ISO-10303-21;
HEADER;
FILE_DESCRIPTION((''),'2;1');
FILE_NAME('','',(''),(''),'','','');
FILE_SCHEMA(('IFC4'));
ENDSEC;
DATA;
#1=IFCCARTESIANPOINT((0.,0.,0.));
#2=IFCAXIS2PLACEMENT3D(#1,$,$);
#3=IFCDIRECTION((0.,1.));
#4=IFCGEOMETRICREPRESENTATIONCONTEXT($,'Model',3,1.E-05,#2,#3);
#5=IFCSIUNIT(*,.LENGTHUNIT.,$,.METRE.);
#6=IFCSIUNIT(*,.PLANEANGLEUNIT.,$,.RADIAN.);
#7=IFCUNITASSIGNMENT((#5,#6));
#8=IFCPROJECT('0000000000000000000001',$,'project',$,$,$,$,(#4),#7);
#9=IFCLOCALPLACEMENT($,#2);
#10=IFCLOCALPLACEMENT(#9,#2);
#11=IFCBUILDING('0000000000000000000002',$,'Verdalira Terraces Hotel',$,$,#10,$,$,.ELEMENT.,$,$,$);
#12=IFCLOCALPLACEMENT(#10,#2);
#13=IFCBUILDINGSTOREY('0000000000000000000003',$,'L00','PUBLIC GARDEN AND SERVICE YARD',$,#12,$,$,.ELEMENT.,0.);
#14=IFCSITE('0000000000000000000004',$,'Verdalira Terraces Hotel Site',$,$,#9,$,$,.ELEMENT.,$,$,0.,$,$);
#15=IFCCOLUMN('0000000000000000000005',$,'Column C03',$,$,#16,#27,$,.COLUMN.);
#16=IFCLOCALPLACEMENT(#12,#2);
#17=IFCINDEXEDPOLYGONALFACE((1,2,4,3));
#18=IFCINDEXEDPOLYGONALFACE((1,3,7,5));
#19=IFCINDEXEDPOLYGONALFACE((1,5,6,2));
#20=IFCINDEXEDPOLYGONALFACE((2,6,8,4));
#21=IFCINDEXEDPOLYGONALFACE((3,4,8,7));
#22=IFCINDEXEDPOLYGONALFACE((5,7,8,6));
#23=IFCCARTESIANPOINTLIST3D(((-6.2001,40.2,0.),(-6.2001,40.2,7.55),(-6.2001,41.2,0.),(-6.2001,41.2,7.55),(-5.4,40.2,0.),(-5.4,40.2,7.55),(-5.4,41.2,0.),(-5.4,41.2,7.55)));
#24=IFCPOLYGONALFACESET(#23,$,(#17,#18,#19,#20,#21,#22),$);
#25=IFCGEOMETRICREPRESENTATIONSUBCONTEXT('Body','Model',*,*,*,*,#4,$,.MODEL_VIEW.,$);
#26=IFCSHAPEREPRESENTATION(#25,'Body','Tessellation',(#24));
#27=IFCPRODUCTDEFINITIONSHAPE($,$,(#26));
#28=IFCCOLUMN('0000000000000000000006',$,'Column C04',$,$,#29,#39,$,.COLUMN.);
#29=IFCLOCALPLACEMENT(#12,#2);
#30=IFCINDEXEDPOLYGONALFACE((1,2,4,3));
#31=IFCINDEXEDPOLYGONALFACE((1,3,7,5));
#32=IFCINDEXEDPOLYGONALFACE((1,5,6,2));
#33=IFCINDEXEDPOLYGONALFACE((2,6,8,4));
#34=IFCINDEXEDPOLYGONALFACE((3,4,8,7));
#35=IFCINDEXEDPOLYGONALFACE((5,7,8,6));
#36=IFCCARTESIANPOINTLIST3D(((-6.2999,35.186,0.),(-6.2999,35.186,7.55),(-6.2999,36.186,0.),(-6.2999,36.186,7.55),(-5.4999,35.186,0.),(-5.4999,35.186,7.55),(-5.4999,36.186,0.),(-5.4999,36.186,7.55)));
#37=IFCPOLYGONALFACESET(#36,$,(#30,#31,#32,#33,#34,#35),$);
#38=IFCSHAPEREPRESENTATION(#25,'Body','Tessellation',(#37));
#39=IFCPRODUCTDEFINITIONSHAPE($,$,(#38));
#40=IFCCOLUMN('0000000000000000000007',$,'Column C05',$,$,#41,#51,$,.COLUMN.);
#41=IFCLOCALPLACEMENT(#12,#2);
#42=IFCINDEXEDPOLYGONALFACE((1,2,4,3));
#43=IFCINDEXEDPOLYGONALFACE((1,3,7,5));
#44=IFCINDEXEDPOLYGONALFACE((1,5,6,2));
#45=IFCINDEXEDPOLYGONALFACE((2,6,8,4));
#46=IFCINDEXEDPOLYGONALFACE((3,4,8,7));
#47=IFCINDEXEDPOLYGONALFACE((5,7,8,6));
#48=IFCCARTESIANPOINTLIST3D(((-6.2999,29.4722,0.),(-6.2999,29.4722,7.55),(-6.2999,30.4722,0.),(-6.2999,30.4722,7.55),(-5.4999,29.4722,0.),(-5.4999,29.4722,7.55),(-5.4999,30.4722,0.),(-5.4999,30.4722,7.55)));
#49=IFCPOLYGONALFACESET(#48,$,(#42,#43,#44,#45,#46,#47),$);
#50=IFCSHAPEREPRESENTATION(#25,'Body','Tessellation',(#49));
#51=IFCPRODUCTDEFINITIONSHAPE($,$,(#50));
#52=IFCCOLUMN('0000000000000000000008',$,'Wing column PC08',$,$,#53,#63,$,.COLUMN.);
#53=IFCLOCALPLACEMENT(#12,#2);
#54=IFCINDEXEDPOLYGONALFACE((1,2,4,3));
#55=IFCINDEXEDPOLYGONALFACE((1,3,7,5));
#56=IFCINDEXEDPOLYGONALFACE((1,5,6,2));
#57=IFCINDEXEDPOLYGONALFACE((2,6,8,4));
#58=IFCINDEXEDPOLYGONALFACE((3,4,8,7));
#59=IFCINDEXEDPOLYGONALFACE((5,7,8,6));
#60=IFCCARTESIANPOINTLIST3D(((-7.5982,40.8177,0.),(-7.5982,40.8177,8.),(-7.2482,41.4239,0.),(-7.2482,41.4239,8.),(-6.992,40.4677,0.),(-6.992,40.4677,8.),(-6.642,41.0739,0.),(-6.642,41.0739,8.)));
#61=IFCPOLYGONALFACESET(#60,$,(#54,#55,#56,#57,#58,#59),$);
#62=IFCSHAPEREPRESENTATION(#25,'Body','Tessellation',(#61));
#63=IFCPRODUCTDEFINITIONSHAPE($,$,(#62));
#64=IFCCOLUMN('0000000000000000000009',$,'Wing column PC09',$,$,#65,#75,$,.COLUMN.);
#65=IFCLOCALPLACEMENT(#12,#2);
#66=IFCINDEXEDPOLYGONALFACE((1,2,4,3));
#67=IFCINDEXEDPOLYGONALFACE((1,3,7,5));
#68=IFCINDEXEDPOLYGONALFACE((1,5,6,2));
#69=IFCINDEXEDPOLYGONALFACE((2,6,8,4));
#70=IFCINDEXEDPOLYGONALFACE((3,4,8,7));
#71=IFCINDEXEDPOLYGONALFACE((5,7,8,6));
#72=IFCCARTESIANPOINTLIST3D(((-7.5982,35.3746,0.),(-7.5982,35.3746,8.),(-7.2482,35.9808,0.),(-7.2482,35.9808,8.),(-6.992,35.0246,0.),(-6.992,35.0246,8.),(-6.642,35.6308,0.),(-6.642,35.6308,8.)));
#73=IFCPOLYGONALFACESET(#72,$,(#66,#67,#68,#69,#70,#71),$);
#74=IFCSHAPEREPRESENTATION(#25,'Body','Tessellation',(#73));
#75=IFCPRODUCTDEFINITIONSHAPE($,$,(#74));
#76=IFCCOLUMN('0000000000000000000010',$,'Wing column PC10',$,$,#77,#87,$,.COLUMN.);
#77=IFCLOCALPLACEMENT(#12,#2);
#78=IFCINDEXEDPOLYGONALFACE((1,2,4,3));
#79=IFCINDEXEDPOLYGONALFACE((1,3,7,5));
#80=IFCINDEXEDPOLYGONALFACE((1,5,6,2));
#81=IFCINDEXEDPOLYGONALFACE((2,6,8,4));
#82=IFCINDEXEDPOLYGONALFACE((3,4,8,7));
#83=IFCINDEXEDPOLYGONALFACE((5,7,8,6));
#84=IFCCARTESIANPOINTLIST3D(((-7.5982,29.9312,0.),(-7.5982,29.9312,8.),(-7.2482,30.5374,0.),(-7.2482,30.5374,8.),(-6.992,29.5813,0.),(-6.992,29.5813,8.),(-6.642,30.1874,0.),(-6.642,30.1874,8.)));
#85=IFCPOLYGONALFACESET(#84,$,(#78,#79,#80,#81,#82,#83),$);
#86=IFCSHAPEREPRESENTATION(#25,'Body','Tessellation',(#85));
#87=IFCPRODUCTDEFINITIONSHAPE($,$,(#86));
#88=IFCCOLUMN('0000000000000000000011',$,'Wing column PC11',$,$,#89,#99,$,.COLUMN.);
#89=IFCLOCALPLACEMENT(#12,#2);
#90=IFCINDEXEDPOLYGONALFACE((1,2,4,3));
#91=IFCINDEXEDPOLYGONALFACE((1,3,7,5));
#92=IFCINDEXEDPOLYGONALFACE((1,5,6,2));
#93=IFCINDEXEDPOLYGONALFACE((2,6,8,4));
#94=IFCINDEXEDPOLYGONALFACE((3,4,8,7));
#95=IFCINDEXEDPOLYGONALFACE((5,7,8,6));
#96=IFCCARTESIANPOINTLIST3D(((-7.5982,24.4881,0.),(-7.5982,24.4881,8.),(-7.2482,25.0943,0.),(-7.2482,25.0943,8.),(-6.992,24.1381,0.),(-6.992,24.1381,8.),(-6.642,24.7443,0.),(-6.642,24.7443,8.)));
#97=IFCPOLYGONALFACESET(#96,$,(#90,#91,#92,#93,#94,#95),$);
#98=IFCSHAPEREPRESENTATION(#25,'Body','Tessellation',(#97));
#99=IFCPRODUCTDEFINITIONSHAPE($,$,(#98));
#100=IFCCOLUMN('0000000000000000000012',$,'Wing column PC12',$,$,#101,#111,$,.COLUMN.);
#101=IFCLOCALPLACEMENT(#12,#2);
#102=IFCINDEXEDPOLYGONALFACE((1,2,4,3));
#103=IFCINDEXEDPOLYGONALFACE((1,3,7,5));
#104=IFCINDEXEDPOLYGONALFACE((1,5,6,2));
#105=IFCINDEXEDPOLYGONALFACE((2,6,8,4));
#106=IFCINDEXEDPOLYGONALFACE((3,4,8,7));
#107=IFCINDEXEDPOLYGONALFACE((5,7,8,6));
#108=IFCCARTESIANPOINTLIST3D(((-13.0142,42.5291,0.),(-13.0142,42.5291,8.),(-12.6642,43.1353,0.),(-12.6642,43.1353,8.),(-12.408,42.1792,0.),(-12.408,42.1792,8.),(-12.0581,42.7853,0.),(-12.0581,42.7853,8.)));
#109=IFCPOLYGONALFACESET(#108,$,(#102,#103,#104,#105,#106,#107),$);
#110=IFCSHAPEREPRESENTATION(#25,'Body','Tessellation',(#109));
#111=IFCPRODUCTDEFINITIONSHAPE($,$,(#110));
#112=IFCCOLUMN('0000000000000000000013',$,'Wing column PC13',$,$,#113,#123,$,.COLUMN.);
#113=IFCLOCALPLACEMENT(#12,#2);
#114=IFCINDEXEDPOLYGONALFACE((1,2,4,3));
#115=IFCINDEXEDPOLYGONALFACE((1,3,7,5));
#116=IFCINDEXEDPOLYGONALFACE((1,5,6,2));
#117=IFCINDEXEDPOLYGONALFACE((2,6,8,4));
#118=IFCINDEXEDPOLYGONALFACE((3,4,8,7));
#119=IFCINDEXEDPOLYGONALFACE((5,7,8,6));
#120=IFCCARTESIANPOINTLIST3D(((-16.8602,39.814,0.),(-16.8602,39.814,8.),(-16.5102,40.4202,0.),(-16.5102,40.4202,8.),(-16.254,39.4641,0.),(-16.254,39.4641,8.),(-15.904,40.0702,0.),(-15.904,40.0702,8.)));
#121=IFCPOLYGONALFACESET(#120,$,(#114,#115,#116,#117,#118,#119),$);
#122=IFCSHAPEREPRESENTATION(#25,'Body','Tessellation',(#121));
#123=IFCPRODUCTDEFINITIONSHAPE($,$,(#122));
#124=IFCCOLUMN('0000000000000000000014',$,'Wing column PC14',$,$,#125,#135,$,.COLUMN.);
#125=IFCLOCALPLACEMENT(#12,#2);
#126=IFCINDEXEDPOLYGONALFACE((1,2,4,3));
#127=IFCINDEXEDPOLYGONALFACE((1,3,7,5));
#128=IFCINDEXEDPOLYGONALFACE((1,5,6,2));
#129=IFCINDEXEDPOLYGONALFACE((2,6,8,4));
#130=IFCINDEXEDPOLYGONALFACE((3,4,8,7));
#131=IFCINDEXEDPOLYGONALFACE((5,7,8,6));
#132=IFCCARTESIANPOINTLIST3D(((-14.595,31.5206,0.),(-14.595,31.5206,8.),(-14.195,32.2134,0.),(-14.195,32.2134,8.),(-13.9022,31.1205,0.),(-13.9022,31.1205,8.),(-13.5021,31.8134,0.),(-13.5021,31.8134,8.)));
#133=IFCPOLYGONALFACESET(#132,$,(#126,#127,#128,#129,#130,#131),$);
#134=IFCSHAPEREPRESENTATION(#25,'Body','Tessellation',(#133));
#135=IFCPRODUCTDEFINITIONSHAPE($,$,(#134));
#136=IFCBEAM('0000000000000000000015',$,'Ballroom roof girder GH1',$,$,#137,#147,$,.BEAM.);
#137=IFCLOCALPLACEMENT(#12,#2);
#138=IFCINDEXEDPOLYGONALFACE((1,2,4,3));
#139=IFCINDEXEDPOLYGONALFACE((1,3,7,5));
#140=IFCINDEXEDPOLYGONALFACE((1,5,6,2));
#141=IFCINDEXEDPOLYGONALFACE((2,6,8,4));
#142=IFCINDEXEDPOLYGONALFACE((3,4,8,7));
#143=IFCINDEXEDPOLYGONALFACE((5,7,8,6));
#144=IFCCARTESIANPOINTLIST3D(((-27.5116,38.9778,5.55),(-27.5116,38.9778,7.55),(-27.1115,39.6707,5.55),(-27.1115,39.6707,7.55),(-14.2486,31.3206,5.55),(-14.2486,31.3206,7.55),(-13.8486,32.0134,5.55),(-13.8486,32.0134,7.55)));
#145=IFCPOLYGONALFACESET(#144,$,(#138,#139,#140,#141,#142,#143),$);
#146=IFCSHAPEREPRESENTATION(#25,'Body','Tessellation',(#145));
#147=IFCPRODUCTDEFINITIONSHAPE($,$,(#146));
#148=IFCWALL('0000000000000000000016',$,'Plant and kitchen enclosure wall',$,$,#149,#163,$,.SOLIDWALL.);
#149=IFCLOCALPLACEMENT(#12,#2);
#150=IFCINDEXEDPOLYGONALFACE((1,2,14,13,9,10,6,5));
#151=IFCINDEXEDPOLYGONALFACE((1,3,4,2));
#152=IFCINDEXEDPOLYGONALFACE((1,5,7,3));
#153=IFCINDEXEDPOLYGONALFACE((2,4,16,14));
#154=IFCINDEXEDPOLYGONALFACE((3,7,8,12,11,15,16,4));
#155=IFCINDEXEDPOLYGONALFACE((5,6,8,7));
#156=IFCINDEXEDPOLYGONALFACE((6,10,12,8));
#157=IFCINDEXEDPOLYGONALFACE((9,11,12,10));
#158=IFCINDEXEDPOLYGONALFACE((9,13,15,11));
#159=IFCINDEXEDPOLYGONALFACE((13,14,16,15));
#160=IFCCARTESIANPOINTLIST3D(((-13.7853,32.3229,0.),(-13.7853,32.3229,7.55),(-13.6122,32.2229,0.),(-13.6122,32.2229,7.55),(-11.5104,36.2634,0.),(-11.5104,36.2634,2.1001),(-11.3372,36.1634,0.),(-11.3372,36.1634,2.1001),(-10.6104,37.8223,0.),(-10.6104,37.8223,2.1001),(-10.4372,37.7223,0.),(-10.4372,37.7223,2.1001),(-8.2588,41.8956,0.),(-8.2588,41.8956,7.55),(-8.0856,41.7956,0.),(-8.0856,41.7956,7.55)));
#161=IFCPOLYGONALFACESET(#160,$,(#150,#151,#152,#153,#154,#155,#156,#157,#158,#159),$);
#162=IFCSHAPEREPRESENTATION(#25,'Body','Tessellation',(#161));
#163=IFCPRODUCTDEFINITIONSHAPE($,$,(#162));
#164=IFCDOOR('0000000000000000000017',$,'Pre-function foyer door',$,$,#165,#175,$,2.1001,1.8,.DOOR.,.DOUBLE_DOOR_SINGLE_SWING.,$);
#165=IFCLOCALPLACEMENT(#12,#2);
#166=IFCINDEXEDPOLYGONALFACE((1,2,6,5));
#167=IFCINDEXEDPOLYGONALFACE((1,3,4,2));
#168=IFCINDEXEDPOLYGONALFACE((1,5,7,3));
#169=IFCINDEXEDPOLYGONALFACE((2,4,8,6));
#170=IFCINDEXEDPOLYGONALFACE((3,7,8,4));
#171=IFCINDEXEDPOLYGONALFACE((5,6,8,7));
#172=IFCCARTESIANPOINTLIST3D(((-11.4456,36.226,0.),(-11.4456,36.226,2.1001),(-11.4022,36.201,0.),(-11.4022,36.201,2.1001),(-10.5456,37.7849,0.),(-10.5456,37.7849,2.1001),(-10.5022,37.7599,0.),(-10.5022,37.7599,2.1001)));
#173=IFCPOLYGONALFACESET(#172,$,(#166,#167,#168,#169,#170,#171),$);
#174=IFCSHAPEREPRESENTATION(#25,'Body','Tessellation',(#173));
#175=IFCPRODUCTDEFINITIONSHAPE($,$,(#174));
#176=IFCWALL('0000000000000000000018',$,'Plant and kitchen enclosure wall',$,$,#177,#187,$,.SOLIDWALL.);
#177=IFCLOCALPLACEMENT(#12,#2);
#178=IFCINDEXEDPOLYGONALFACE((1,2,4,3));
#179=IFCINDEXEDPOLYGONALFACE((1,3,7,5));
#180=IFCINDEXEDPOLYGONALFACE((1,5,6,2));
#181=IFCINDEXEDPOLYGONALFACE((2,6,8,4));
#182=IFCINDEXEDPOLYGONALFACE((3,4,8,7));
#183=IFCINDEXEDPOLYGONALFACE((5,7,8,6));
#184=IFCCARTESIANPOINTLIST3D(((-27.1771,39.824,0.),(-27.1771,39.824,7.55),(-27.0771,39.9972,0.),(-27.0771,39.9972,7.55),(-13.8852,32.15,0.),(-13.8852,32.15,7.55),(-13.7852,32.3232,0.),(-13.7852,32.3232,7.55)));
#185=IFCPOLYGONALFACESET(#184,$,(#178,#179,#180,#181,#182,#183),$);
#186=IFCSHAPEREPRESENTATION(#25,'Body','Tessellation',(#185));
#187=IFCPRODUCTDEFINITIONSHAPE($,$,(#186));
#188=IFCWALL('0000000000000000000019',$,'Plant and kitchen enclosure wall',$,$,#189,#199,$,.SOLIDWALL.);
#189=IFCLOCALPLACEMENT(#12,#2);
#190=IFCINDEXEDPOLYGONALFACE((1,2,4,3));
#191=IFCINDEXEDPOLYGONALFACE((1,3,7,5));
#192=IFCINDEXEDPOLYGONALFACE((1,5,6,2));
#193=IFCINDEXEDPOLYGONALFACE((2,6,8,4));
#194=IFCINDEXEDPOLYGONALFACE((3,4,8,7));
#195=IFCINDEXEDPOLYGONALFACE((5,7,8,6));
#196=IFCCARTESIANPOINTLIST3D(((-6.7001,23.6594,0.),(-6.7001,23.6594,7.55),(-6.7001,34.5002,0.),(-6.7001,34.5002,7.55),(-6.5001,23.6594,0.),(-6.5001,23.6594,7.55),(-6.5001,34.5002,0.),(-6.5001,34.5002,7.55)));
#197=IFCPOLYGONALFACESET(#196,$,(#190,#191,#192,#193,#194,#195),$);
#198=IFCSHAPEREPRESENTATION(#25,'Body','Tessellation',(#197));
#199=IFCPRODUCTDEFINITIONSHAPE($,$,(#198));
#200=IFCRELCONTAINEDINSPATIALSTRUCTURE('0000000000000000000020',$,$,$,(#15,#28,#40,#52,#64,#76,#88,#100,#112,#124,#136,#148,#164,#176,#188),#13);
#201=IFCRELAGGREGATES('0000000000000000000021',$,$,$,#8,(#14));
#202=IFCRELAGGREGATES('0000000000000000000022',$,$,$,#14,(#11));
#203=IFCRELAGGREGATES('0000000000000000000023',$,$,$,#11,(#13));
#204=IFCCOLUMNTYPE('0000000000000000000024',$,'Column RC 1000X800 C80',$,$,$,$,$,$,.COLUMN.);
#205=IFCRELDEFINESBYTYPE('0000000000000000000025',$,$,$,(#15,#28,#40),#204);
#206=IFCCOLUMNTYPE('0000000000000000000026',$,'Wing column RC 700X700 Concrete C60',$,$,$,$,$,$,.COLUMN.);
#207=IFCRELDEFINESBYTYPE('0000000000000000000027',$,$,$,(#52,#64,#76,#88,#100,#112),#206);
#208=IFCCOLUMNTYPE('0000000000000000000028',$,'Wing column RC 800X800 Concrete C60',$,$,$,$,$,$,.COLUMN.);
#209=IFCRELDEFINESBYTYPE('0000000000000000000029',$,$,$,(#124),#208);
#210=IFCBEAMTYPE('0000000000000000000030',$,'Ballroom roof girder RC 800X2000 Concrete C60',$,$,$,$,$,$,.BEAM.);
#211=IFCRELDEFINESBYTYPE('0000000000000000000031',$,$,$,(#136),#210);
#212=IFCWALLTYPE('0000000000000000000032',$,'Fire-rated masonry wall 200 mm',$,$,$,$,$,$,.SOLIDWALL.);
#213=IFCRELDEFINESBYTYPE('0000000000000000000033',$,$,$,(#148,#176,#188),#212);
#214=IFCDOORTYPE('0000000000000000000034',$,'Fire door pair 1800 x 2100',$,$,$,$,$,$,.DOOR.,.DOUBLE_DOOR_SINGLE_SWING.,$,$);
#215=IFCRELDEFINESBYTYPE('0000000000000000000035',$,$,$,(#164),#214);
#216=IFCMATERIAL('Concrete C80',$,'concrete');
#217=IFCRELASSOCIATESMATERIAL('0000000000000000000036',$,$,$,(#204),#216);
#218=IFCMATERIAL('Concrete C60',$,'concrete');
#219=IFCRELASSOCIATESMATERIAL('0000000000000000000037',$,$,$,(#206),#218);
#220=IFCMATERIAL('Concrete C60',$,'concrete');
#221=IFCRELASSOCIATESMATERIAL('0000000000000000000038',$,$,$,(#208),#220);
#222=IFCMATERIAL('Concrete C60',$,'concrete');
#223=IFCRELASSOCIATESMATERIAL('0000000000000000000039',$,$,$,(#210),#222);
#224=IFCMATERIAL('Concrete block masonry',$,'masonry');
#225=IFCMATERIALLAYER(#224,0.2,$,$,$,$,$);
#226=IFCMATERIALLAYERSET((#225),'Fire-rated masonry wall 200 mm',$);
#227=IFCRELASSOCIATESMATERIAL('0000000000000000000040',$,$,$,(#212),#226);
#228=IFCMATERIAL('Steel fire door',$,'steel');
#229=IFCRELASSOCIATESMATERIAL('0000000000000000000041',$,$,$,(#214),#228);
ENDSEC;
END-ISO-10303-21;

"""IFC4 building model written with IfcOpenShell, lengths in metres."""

from ifc_helpers import new_model, si_unit, direction, frame, frame_2d, origin, origin_2d, place, context, subcontext, project, spatial, rectangle, extrude, material, layer, layer_set, material_profile, profile_set, type_object, element, fill, save


model = new_model("IFC4")

# Units and contexts
model_context = context("Model", 3, precision=1e-05, world=origin(), true_north=direction((0.0, 1.0)))
body_context = subcontext(model_context, "Body", "Model", "MODEL_VIEW")
ifc_project = project(units=[si_unit("LENGTHUNIT", "METRE"), si_unit("PLANEANGLEUNIT", "RADIAN")], contexts=[model_context])

# Site, building, storey
site_placement = place(None, origin())
site = spatial("IfcSite", under=ifc_project, at=site_placement, Name="Verdalira Terraces Hotel Site", CompositionType="ELEMENT", RefElevation=0.0)
building_placement = place(site_placement, origin())
building = spatial("IfcBuilding", under=site, at=building_placement, Name="Verdalira Terraces Hotel", CompositionType="ELEMENT")
storey_placement = place(building_placement, origin())
storey = spatial("IfcBuildingStorey", under=building, at=storey_placement, Name="L00", Description="PUBLIC GARDEN AND SERVICE YARD", CompositionType="ELEMENT", Elevation=0.0)

# Columns
ifc_material_1 = material(Name="Concrete C80", Category="concrete")
ifc_material_profile_1 = material_profile(ifc_material_1, rectangle(XDim=1.0, YDim=0.8, at=origin_2d()), Name="RC 1000X800")
ifc_profile_set_1 = profile_set([ifc_material_profile_1], Name="Concrete C80")
column_type_1 = type_object("IfcColumnType", Name="Column RC 1000X800 C80", PredefinedType="COLUMN", material=ifc_profile_set_1)
for number, where, z_axis, x_axis, name in (
    (1, (-5.8, 40.7, 0.0), (0.0, 0.0, 1.0), (0.0, -1.0, 0.0), "Column C03"),
    (2, (-5.8999, 35.686, 0.0), (0.0, 0.0, 1.0), (0.0, -1.0, 0.0), "Column C04"),
    (3, (-5.8999, 29.9722, 0.0), (0.0, 0.0, 1.0), (0.0, -1.0, 0.0), "Column C05"),
):
    element("IfcColumn", number, at=place(storey_placement, frame(where, z_axis=z_axis, x_axis=x_axis)), inside=storey, type_object=column_type_1, Name=name, PredefinedType="COLUMN", context=body_context, shape_type="SweptSolid", body=[
        extrude(rectangle(XDim=1.0, YDim=0.8, at=origin_2d()), origin(), (0.0, 0.0, 1.0), 7.55),
    ])
ifc_material_2 = material(Name="Concrete C60", Category="concrete")
ifc_material_profile_2 = material_profile(ifc_material_2, rectangle(XDim=0.7, YDim=0.7, at=origin_2d()), Name="RC 700X700")
ifc_profile_set_2 = profile_set([ifc_material_profile_2], Name="Concrete C60")
column_type_2 = type_object("IfcColumnType", Name="Wing column RC 700X700 Concrete C60", PredefinedType="COLUMN", material=ifc_profile_set_2)
for number, where, z_axis, x_axis, name in (
    (4, (-7.1201, 40.9458, 0.0), (0.0, 0.0, 1.0), (-0.866025, 0.5, 0.0), "Wing column PC08"),
    (5, (-7.1201, 35.5027, 0.0), (0.0, 0.0, 1.0), (-0.866025, 0.5, 0.0), "Wing column PC09"),
    (6, (-7.1201, 30.0593, 0.0), (0.0, 0.0, 1.0), (-0.866025, 0.5, 0.0), "Wing column PC10"),
    (7, (-7.1201, 24.6162, 0.0), (0.0, 0.0, 1.0), (-0.866025, 0.5, 0.0), "Wing column PC11"),
    (8, (-12.5361, 42.6572, 0.0), (0.0, 0.0, 1.0), (-0.866025, 0.5, 0.0), "Wing column PC12"),
    (9, (-16.3821, 39.9421, 0.0), (0.0, 0.0, 1.0), (-0.866025, 0.5, 0.0), "Wing column PC13"),
):
    element("IfcColumn", number, at=place(storey_placement, frame(where, z_axis=z_axis, x_axis=x_axis)), inside=storey, type_object=column_type_2, Name=name, PredefinedType="COLUMN", context=body_context, shape_type="SweptSolid", body=[
        extrude(rectangle(XDim=0.7, YDim=0.7, at=origin_2d()), origin(), (0.0, 0.0, 1.0), 8.0),
    ])
ifc_material_3 = material(Name="Concrete C60", Category="concrete")
ifc_material_profile_3 = material_profile(ifc_material_3, rectangle(XDim=0.8, YDim=0.8, at=origin_2d()), Name="RC 800X800")
ifc_profile_set_3 = profile_set([ifc_material_profile_3], Name="Concrete C60")
column_type_3 = type_object("IfcColumnType", Name="Wing column RC 800X800 Concrete C60", PredefinedType="COLUMN", material=ifc_profile_set_3)
column_placement = place(storey_placement, frame((-14.0486, 31.667, 0.0), z_axis=(0.0, 0.0, 1.0), x_axis=(-0.866025, 0.5, 0.0)))
element("IfcColumn", 10, at=column_placement, inside=storey, type_object=column_type_3, Name="Wing column PC14", PredefinedType="COLUMN", context=body_context, shape_type="SweptSolid", body=[
    extrude(rectangle(XDim=0.8, YDim=0.8, at=origin_2d()), origin(), (0.0, 0.0, 1.0), 8.0),
])

# Beam
ifc_material_4 = material(Name="Concrete C60", Category="concrete")
ifc_material_profile_4 = material_profile(ifc_material_4, rectangle(XDim=0.8, YDim=2.0, at=origin_2d()), Name="RC 800X2000")
ifc_profile_set_4 = profile_set([ifc_material_profile_4], Name="Concrete C60")
beam_type = type_object("IfcBeamType", Name="Ballroom roof girder RC 800X2000 Concrete C60", PredefinedType="BEAM", material=ifc_profile_set_4)
beam_placement = place(storey_placement, frame((-14.0486, 31.667, 6.55), z_axis=(-0.866029, 0.499993, 0.0), x_axis=(-0.499993, -0.866029, 0.0)))
element("IfcBeam", 11, at=beam_placement, inside=storey, type_object=beam_type, Name="Ballroom roof girder GH1", PredefinedType="BEAM", context=body_context, shape_type="SweptSolid", body=[
    extrude(rectangle(XDim=0.8, YDim=2.0, at=origin_2d()), origin(), (0.0, 0.0, 1.0), 15.3147),
])

# Wall, opening, door
ifc_material_5 = material(Name="Concrete block masonry", Category="masonry")
ifc_layer_1 = layer(ifc_material_5, 0.2)
ifc_layer_set_1 = layer_set([ifc_layer_1], Name="Fire-rated masonry wall 200 mm")
wall_type_1 = type_object("IfcWallType", Name="Fire-rated masonry wall 200 mm", PredefinedType="SOLIDWALL", material=ifc_layer_set_1)
wall_1_placement = place(storey_placement, frame((-8.1721, 41.8457, 0.0), z_axis=(0.0, 0.0, 1.0), x_axis=(-0.499985, -0.866034, 0.0)))
wall_1 = element("IfcWall", 12, at=wall_1_placement, inside=storey, type_object=wall_type_1, Name="Plant and kitchen enclosure wall", PredefinedType="SOLIDWALL", context=body_context, shape_type="SweptSolid", body=[
    extrude(rectangle(XDim=11.0535, YDim=0.2, at=frame_2d((5.5269, 0.0))), origin(), (0.0, 0.0, 1.0), 7.55),
])
opening_1_placement = place(wall_1_placement, frame((4.7036, 0.0, 0.0)))
opening_1 = element("IfcOpeningElement", 13, at=opening_1_placement, cuts=wall_1, PredefinedType="OPENING", context=body_context, shape_type="SweptSolid", body=[
    extrude(rectangle(XDim=1.8, YDim=2.1001, at=frame_2d((0.8999, 1.05))), frame((0.0, 0.1099, 0.0), z_axis=(0.0, -1.0, 0.0), x_axis=(1.0, 0.0, 0.0)), (0.0, 0.0, 1.0), 0.22),
])
ifc_material_6 = material(Name="Steel fire door", Category="steel")
door_type_1 = type_object("IfcDoorType", Name="Fire door pair 1800 x 2100", OperationType="DOUBLE_DOOR_SINGLE_SWING", PredefinedType="DOOR", material=ifc_material_6)
door_1_placement = place(opening_1_placement, origin())
door_1 = element("IfcDoor", 14, at=door_1_placement, inside=storey, type_object=door_type_1, Name="Pre-function foyer door", OperationType="DOUBLE_DOOR_SINGLE_SWING", OverallHeight=2.1001, OverallWidth=1.8, PredefinedType="DOOR", context=body_context, shape_type="SweptSolid", body=[
    extrude(rectangle(XDim=1.8, YDim=2.1001, at=frame_2d((0.8999, 1.05))), frame((0.0, 0.0249, 0.0), z_axis=(0.0, -1.0, 0.0), x_axis=(1.0, 0.0, 0.0)), (0.0, 0.0, 1.0), 0.05),
])
fill(opening_1, door_1)

# Walls
wall_2_placement = place(storey_placement, frame((-13.8352, 32.2366, 0.0), z_axis=(0.0, 0.0, 1.0), x_axis=(-0.866027, 0.499997, 0.0)))
element("IfcWall", 15, at=wall_2_placement, inside=storey, type_object=wall_type_1, Name="Plant and kitchen enclosure wall", PredefinedType="SOLIDWALL", context=body_context, shape_type="SweptSolid", body=[
    extrude(rectangle(XDim=15.3481, YDim=0.2, at=frame_2d((7.6741, 0.0))), origin(), (0.0, 0.0, 1.0), 7.55),
])
wall_3_placement = place(storey_placement, frame((-6.6001, 34.5002, 0.0), z_axis=(0.0, 0.0, 1.0), x_axis=(0.0, -1.0, 0.0)))
element("IfcWall", 16, at=wall_3_placement, inside=storey, type_object=wall_type_1, Name="Plant and kitchen enclosure wall", PredefinedType="SOLIDWALL", context=body_context, shape_type="SweptSolid", body=[
    extrude(rectangle(XDim=10.8408, YDim=0.2, at=frame_2d((5.4204, 0.0))), origin(), (0.0, 0.0, 1.0), 7.55),
])

save(model, "model.ifc")
